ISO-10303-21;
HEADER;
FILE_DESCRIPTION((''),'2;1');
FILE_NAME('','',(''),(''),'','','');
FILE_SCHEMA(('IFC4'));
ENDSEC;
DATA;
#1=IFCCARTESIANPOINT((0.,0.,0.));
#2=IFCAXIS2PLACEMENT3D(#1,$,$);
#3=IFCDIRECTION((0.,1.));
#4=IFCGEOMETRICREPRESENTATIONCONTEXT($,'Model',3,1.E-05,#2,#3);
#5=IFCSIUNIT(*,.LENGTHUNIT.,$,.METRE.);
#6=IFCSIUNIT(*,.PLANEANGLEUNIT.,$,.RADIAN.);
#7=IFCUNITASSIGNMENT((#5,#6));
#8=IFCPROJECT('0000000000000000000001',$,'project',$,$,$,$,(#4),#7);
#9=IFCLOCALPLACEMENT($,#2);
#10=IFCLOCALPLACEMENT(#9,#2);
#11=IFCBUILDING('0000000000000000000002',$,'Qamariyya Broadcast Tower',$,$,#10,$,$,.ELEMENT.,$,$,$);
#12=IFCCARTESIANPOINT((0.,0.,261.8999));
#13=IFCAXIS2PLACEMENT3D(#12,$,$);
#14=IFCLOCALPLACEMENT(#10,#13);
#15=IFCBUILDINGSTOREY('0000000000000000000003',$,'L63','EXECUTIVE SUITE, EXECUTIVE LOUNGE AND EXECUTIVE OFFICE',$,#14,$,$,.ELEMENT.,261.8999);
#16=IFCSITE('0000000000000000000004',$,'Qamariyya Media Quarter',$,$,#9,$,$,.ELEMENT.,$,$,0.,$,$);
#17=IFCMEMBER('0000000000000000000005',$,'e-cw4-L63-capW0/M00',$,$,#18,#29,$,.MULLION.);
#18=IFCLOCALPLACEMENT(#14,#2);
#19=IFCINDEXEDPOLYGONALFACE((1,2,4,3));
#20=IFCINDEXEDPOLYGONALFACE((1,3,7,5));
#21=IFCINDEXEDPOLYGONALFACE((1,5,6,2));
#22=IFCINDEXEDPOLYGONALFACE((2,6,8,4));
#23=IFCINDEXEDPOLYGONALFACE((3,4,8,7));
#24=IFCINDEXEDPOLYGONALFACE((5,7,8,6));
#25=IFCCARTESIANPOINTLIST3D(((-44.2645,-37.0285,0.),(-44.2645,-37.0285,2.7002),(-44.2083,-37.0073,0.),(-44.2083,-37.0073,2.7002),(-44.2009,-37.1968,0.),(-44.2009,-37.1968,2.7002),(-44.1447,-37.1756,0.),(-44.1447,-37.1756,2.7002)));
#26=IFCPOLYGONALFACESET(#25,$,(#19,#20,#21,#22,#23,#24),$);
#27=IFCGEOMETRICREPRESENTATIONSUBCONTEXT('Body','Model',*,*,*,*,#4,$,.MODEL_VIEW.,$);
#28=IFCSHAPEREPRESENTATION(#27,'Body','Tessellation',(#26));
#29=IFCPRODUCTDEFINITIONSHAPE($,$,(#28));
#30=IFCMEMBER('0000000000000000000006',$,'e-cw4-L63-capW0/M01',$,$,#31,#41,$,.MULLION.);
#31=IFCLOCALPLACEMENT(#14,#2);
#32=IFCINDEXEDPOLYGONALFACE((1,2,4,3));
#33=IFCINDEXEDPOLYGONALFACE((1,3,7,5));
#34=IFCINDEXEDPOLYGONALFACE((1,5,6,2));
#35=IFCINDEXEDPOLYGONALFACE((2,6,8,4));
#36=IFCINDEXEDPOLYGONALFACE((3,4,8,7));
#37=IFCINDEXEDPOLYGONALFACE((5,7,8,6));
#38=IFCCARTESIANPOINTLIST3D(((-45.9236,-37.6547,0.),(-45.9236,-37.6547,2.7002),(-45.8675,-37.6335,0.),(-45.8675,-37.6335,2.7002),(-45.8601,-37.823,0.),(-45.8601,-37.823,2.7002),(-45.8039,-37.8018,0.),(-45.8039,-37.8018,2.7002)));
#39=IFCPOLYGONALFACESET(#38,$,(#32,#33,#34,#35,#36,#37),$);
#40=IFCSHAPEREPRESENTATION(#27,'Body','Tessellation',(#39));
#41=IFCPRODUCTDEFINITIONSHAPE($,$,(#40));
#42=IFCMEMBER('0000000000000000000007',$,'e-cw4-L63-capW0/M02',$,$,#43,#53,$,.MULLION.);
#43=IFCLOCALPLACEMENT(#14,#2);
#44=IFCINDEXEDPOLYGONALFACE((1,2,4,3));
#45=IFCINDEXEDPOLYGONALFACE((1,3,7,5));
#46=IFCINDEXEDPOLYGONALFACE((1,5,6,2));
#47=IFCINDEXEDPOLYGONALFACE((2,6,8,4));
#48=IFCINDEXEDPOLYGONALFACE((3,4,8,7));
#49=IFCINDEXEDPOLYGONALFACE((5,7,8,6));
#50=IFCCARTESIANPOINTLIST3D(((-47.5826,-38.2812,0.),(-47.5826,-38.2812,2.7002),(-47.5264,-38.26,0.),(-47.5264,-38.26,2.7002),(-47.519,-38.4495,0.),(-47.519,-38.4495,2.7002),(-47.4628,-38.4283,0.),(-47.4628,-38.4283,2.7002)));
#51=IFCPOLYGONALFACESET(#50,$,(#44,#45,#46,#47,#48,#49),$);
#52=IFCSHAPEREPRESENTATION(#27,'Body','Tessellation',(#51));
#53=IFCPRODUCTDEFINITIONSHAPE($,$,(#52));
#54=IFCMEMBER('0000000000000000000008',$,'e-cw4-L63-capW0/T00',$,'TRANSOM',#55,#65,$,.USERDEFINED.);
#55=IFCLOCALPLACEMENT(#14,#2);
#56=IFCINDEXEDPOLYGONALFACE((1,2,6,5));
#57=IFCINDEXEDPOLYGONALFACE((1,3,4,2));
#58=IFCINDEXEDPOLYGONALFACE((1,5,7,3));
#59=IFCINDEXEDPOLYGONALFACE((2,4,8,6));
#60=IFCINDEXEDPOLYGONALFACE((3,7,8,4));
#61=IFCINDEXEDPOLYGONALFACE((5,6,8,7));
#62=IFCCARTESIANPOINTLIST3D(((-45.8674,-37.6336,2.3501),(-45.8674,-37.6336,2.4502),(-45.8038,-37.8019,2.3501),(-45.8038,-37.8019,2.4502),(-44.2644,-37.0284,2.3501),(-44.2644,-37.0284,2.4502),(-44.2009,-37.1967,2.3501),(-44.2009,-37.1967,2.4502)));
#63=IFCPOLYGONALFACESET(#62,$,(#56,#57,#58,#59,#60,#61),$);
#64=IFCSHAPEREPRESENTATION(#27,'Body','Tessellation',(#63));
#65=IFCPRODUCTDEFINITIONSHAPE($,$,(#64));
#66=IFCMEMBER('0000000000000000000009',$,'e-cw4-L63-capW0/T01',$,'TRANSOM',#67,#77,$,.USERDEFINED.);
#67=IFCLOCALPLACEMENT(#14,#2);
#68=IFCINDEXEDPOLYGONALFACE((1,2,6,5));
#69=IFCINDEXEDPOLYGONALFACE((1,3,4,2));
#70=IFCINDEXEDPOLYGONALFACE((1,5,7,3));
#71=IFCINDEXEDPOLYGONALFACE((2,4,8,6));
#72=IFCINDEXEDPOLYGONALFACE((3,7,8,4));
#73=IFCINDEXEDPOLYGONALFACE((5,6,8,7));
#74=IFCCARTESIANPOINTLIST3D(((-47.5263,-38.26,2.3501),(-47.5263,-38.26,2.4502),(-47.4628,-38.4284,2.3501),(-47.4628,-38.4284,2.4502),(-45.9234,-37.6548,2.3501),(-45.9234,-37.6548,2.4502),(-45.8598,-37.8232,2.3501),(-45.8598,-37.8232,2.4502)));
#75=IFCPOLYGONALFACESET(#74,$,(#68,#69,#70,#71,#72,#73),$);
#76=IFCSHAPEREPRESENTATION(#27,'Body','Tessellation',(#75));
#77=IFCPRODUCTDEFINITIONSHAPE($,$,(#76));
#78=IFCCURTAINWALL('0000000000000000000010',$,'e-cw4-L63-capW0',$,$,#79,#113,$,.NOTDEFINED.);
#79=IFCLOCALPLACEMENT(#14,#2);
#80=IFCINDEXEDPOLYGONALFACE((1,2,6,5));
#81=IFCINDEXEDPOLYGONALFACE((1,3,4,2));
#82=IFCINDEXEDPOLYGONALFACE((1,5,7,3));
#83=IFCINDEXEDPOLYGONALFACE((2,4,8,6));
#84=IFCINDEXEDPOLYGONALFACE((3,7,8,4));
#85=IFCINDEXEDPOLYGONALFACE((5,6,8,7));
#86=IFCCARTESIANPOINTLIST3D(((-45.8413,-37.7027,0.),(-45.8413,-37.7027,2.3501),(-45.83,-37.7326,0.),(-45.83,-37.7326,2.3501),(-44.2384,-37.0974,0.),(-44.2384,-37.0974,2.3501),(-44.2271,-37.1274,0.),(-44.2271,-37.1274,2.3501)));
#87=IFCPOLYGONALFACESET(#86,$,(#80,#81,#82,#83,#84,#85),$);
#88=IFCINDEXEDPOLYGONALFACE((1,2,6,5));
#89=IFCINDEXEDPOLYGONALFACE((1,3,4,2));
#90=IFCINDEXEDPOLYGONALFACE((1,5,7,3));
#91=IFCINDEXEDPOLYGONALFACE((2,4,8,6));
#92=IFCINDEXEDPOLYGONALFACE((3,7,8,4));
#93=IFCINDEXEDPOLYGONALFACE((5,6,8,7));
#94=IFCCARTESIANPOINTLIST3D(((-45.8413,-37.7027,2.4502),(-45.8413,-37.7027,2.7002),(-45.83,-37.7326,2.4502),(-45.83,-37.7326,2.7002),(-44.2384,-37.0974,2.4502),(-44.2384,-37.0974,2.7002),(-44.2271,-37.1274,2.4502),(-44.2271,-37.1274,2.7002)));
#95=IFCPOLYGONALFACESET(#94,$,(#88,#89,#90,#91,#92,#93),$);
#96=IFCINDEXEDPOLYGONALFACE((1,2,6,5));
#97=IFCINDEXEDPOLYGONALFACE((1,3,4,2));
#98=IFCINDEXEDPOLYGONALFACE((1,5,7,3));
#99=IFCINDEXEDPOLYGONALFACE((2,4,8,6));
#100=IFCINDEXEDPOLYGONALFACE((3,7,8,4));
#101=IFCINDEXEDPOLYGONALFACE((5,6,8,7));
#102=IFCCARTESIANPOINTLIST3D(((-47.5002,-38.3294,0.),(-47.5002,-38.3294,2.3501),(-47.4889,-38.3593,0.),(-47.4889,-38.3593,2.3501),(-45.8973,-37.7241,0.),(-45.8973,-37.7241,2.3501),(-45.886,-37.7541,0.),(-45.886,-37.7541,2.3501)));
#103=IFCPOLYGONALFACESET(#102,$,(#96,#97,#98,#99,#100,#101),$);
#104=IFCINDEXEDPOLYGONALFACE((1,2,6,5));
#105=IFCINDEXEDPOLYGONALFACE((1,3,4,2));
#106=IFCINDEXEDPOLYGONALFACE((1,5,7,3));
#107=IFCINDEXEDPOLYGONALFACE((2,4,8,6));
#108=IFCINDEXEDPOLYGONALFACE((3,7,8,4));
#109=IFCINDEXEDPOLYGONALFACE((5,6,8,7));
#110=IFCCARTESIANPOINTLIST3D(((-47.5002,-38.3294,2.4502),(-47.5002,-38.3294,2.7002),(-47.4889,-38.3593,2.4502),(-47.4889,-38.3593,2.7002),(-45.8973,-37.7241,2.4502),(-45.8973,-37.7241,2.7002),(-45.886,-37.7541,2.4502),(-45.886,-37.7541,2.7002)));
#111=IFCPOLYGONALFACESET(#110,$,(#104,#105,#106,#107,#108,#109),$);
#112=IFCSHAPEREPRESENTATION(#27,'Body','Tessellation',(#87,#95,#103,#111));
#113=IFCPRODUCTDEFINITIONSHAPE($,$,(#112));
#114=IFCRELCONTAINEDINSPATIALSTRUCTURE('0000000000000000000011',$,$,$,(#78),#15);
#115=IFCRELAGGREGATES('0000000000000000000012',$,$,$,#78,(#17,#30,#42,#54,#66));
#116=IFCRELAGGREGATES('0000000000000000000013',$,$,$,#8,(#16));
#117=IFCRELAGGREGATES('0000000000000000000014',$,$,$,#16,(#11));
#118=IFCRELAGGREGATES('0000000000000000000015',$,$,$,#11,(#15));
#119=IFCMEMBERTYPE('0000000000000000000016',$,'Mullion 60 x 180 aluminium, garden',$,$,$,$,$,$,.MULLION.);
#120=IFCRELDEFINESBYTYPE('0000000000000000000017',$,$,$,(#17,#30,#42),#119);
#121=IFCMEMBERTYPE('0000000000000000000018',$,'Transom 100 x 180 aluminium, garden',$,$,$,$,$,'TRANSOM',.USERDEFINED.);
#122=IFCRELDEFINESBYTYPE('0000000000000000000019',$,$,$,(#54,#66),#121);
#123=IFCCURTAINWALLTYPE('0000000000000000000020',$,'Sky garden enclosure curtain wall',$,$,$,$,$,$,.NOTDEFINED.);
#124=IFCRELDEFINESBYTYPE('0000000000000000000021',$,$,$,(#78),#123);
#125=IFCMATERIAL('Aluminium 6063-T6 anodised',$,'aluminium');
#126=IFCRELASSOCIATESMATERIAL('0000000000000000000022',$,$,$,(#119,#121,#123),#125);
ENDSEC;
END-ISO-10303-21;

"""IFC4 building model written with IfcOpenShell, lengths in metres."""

from ifc_helpers import new_model, si_unit, direction, frame, origin, origin_2d, place, context, subcontext, project, spatial, rectangle, extrude, material, material_profile, profile_set, type_object, element, aggregate, save


model = new_model("IFC4")

# Units and contexts
model_context = context("Model", 3, precision=1e-05, world=origin(), true_north=direction((0.0, 1.0)))
body_context = subcontext(model_context, "Body", "Model", "MODEL_VIEW")
ifc_project = project(units=[si_unit("LENGTHUNIT", "METRE"), si_unit("PLANEANGLEUNIT", "RADIAN")], contexts=[model_context])

# Members
ifc_material = material(Name="Aluminium 6063-T6 anodised", Category="aluminium")
ifc_material_profile_1 = material_profile(ifc_material, rectangle(XDim=0.1799, YDim=0.0601, at=origin_2d()))
ifc_profile_set_1 = profile_set([ifc_material_profile_1], Name="Aluminium 6063-T6 anodised")
member_type_1 = type_object("IfcMemberType", Name="Mullion 60 x 180 aluminium, garden", PredefinedType="MULLION", material=ifc_profile_set_1)
site_placement = place(None, origin())
building_placement = place(site_placement, origin())
storey_placement = place(building_placement, frame((0.0, 0.0, 261.8999)))
member_1_placement = place(storey_placement, frame((-44.2046, -37.1021, 0.0), z_axis=(0.0, 0.0, 1.0), x_axis=(0.353227, -0.935538, 0.0)))
member_1 = element("IfcMember", 1, at=member_1_placement, type_object=member_type_1, Name="e-cw4-L63-capW0/M00", PredefinedType="MULLION", context=body_context, shape_type="SweptSolid", body=[
    extrude(rectangle(XDim=0.1799, YDim=0.0601, at=origin_2d()), origin(), (0.0, 0.0, 1.0), 2.7002),
])
member_2_placement = place(storey_placement, frame((-45.8638, -37.7283, 0.0), z_axis=(0.0, 0.0, 1.0), x_axis=(0.353227, -0.935538, 0.0)))
member_2 = element("IfcMember", 2, at=member_2_placement, type_object=member_type_1, Name="e-cw4-L63-capW0/M01", PredefinedType="MULLION", context=body_context, shape_type="SweptSolid", body=[
    extrude(rectangle(XDim=0.1799, YDim=0.0601, at=origin_2d()), origin(), (0.0, 0.0, 1.0), 2.7002),
])
member_3_placement = place(storey_placement, frame((-47.5227, -38.3547, 0.0), z_axis=(0.0, 0.0, 1.0), x_axis=(0.353227, -0.935538, 0.0)))
member_3 = element("IfcMember", 3, at=member_3_placement, type_object=member_type_1, Name="e-cw4-L63-capW0/M02", PredefinedType="MULLION", context=body_context, shape_type="SweptSolid", body=[
    extrude(rectangle(XDim=0.1799, YDim=0.0601, at=origin_2d()), origin(), (0.0, 0.0, 1.0), 2.7002),
])
ifc_material_profile_2 = material_profile(ifc_material, rectangle(XDim=0.1799, YDim=0.1001, at=origin_2d()))
ifc_profile_set_2 = profile_set([ifc_material_profile_2], Name="Aluminium 6063-T6 anodised")
member_type_2 = type_object("IfcMemberType", Name="Transom 100 x 180 aluminium, garden", ElementType="TRANSOM", PredefinedType="USERDEFINED", material=ifc_profile_set_2)
member_4_placement = place(storey_placement, frame((-44.2327, -37.1125, 2.4001), z_axis=(-0.935542, -0.353215, 0.0), x_axis=(0.353215, -0.935542, 0.0)))
member_4 = element("IfcMember", 4, at=member_4_placement, type_object=member_type_2, Name="e-cw4-L63-capW0/T00", ObjectType="TRANSOM", PredefinedType="USERDEFINED", context=body_context, shape_type="SweptSolid", body=[
    extrude(rectangle(XDim=0.1799, YDim=0.1001, at=origin_2d()), origin(), (0.0, 0.0, 1.0), 1.7134),
])
member_5_placement = place(storey_placement, frame((-45.8916, -37.739, 2.4001), z_axis=(-0.935542, -0.353215, 0.0), x_axis=(0.353215, -0.935542, 0.0)))
member_5 = element("IfcMember", 5, at=member_5_placement, type_object=member_type_2, Name="e-cw4-L63-capW0/T01", ObjectType="TRANSOM", PredefinedType="USERDEFINED", context=body_context, shape_type="SweptSolid", body=[
    extrude(rectangle(XDim=0.1799, YDim=0.1001, at=origin_2d()), origin(), (0.0, 0.0, 1.0), 1.7134),
])

# Site, building, storey
site = spatial("IfcSite", under=ifc_project, at=site_placement, Name="Qamariyya Media Quarter", CompositionType="ELEMENT", RefElevation=0.0)
building = spatial("IfcBuilding", under=site, at=building_placement, Name="Qamariyya Broadcast Tower", CompositionType="ELEMENT")
storey = spatial("IfcBuildingStorey", under=building, at=storey_placement, Name="L63", Description="EXECUTIVE SUITE, EXECUTIVE LOUNGE AND EXECUTIVE OFFICE", CompositionType="ELEMENT", Elevation=261.8999)

# Curtain wall
curtain_wall_type = type_object("IfcCurtainWallType", Name="Sky garden enclosure curtain wall", PredefinedType="NOTDEFINED", material=ifc_material)
curtain_wall_1_placement = place(storey_placement, origin())
curtain_wall_1 = element("IfcCurtainWall", 6, at=curtain_wall_1_placement, inside=storey, type_object=curtain_wall_type, Name="e-cw4-L63-capW0", PredefinedType="NOTDEFINED", context=body_context, shape_type="SweptSolid", body=[
    extrude(rectangle(XDim=1.7134, YDim=0.032, at=origin_2d()), frame((-45.0342, -37.415, 0.0), x_axis=(-0.935523, -0.353266, 0.0)), (0.0, 0.0, 1.0), 2.3501),
    extrude(rectangle(XDim=1.7134, YDim=0.032, at=origin_2d()), frame((-45.0342, -37.415, 2.4502), x_axis=(-0.935523, -0.353266, 0.0)), (0.0, 0.0, 1.0), 0.25),
    extrude(rectangle(XDim=1.7134, YDim=0.032, at=origin_2d()), frame((-46.6931, -38.0417, 0.0), x_axis=(-0.935523, -0.353266, 0.0)), (0.0, 0.0, 1.0), 2.3501),
    extrude(rectangle(XDim=1.7134, YDim=0.032, at=origin_2d()), frame((-46.6931, -38.0417, 2.4502), x_axis=(-0.935523, -0.353266, 0.0)), (0.0, 0.0, 1.0), 0.25),
])
aggregate(curtain_wall_1, [member_1, member_2, member_3, member_4, member_5])

save(model, "model.ifc")
